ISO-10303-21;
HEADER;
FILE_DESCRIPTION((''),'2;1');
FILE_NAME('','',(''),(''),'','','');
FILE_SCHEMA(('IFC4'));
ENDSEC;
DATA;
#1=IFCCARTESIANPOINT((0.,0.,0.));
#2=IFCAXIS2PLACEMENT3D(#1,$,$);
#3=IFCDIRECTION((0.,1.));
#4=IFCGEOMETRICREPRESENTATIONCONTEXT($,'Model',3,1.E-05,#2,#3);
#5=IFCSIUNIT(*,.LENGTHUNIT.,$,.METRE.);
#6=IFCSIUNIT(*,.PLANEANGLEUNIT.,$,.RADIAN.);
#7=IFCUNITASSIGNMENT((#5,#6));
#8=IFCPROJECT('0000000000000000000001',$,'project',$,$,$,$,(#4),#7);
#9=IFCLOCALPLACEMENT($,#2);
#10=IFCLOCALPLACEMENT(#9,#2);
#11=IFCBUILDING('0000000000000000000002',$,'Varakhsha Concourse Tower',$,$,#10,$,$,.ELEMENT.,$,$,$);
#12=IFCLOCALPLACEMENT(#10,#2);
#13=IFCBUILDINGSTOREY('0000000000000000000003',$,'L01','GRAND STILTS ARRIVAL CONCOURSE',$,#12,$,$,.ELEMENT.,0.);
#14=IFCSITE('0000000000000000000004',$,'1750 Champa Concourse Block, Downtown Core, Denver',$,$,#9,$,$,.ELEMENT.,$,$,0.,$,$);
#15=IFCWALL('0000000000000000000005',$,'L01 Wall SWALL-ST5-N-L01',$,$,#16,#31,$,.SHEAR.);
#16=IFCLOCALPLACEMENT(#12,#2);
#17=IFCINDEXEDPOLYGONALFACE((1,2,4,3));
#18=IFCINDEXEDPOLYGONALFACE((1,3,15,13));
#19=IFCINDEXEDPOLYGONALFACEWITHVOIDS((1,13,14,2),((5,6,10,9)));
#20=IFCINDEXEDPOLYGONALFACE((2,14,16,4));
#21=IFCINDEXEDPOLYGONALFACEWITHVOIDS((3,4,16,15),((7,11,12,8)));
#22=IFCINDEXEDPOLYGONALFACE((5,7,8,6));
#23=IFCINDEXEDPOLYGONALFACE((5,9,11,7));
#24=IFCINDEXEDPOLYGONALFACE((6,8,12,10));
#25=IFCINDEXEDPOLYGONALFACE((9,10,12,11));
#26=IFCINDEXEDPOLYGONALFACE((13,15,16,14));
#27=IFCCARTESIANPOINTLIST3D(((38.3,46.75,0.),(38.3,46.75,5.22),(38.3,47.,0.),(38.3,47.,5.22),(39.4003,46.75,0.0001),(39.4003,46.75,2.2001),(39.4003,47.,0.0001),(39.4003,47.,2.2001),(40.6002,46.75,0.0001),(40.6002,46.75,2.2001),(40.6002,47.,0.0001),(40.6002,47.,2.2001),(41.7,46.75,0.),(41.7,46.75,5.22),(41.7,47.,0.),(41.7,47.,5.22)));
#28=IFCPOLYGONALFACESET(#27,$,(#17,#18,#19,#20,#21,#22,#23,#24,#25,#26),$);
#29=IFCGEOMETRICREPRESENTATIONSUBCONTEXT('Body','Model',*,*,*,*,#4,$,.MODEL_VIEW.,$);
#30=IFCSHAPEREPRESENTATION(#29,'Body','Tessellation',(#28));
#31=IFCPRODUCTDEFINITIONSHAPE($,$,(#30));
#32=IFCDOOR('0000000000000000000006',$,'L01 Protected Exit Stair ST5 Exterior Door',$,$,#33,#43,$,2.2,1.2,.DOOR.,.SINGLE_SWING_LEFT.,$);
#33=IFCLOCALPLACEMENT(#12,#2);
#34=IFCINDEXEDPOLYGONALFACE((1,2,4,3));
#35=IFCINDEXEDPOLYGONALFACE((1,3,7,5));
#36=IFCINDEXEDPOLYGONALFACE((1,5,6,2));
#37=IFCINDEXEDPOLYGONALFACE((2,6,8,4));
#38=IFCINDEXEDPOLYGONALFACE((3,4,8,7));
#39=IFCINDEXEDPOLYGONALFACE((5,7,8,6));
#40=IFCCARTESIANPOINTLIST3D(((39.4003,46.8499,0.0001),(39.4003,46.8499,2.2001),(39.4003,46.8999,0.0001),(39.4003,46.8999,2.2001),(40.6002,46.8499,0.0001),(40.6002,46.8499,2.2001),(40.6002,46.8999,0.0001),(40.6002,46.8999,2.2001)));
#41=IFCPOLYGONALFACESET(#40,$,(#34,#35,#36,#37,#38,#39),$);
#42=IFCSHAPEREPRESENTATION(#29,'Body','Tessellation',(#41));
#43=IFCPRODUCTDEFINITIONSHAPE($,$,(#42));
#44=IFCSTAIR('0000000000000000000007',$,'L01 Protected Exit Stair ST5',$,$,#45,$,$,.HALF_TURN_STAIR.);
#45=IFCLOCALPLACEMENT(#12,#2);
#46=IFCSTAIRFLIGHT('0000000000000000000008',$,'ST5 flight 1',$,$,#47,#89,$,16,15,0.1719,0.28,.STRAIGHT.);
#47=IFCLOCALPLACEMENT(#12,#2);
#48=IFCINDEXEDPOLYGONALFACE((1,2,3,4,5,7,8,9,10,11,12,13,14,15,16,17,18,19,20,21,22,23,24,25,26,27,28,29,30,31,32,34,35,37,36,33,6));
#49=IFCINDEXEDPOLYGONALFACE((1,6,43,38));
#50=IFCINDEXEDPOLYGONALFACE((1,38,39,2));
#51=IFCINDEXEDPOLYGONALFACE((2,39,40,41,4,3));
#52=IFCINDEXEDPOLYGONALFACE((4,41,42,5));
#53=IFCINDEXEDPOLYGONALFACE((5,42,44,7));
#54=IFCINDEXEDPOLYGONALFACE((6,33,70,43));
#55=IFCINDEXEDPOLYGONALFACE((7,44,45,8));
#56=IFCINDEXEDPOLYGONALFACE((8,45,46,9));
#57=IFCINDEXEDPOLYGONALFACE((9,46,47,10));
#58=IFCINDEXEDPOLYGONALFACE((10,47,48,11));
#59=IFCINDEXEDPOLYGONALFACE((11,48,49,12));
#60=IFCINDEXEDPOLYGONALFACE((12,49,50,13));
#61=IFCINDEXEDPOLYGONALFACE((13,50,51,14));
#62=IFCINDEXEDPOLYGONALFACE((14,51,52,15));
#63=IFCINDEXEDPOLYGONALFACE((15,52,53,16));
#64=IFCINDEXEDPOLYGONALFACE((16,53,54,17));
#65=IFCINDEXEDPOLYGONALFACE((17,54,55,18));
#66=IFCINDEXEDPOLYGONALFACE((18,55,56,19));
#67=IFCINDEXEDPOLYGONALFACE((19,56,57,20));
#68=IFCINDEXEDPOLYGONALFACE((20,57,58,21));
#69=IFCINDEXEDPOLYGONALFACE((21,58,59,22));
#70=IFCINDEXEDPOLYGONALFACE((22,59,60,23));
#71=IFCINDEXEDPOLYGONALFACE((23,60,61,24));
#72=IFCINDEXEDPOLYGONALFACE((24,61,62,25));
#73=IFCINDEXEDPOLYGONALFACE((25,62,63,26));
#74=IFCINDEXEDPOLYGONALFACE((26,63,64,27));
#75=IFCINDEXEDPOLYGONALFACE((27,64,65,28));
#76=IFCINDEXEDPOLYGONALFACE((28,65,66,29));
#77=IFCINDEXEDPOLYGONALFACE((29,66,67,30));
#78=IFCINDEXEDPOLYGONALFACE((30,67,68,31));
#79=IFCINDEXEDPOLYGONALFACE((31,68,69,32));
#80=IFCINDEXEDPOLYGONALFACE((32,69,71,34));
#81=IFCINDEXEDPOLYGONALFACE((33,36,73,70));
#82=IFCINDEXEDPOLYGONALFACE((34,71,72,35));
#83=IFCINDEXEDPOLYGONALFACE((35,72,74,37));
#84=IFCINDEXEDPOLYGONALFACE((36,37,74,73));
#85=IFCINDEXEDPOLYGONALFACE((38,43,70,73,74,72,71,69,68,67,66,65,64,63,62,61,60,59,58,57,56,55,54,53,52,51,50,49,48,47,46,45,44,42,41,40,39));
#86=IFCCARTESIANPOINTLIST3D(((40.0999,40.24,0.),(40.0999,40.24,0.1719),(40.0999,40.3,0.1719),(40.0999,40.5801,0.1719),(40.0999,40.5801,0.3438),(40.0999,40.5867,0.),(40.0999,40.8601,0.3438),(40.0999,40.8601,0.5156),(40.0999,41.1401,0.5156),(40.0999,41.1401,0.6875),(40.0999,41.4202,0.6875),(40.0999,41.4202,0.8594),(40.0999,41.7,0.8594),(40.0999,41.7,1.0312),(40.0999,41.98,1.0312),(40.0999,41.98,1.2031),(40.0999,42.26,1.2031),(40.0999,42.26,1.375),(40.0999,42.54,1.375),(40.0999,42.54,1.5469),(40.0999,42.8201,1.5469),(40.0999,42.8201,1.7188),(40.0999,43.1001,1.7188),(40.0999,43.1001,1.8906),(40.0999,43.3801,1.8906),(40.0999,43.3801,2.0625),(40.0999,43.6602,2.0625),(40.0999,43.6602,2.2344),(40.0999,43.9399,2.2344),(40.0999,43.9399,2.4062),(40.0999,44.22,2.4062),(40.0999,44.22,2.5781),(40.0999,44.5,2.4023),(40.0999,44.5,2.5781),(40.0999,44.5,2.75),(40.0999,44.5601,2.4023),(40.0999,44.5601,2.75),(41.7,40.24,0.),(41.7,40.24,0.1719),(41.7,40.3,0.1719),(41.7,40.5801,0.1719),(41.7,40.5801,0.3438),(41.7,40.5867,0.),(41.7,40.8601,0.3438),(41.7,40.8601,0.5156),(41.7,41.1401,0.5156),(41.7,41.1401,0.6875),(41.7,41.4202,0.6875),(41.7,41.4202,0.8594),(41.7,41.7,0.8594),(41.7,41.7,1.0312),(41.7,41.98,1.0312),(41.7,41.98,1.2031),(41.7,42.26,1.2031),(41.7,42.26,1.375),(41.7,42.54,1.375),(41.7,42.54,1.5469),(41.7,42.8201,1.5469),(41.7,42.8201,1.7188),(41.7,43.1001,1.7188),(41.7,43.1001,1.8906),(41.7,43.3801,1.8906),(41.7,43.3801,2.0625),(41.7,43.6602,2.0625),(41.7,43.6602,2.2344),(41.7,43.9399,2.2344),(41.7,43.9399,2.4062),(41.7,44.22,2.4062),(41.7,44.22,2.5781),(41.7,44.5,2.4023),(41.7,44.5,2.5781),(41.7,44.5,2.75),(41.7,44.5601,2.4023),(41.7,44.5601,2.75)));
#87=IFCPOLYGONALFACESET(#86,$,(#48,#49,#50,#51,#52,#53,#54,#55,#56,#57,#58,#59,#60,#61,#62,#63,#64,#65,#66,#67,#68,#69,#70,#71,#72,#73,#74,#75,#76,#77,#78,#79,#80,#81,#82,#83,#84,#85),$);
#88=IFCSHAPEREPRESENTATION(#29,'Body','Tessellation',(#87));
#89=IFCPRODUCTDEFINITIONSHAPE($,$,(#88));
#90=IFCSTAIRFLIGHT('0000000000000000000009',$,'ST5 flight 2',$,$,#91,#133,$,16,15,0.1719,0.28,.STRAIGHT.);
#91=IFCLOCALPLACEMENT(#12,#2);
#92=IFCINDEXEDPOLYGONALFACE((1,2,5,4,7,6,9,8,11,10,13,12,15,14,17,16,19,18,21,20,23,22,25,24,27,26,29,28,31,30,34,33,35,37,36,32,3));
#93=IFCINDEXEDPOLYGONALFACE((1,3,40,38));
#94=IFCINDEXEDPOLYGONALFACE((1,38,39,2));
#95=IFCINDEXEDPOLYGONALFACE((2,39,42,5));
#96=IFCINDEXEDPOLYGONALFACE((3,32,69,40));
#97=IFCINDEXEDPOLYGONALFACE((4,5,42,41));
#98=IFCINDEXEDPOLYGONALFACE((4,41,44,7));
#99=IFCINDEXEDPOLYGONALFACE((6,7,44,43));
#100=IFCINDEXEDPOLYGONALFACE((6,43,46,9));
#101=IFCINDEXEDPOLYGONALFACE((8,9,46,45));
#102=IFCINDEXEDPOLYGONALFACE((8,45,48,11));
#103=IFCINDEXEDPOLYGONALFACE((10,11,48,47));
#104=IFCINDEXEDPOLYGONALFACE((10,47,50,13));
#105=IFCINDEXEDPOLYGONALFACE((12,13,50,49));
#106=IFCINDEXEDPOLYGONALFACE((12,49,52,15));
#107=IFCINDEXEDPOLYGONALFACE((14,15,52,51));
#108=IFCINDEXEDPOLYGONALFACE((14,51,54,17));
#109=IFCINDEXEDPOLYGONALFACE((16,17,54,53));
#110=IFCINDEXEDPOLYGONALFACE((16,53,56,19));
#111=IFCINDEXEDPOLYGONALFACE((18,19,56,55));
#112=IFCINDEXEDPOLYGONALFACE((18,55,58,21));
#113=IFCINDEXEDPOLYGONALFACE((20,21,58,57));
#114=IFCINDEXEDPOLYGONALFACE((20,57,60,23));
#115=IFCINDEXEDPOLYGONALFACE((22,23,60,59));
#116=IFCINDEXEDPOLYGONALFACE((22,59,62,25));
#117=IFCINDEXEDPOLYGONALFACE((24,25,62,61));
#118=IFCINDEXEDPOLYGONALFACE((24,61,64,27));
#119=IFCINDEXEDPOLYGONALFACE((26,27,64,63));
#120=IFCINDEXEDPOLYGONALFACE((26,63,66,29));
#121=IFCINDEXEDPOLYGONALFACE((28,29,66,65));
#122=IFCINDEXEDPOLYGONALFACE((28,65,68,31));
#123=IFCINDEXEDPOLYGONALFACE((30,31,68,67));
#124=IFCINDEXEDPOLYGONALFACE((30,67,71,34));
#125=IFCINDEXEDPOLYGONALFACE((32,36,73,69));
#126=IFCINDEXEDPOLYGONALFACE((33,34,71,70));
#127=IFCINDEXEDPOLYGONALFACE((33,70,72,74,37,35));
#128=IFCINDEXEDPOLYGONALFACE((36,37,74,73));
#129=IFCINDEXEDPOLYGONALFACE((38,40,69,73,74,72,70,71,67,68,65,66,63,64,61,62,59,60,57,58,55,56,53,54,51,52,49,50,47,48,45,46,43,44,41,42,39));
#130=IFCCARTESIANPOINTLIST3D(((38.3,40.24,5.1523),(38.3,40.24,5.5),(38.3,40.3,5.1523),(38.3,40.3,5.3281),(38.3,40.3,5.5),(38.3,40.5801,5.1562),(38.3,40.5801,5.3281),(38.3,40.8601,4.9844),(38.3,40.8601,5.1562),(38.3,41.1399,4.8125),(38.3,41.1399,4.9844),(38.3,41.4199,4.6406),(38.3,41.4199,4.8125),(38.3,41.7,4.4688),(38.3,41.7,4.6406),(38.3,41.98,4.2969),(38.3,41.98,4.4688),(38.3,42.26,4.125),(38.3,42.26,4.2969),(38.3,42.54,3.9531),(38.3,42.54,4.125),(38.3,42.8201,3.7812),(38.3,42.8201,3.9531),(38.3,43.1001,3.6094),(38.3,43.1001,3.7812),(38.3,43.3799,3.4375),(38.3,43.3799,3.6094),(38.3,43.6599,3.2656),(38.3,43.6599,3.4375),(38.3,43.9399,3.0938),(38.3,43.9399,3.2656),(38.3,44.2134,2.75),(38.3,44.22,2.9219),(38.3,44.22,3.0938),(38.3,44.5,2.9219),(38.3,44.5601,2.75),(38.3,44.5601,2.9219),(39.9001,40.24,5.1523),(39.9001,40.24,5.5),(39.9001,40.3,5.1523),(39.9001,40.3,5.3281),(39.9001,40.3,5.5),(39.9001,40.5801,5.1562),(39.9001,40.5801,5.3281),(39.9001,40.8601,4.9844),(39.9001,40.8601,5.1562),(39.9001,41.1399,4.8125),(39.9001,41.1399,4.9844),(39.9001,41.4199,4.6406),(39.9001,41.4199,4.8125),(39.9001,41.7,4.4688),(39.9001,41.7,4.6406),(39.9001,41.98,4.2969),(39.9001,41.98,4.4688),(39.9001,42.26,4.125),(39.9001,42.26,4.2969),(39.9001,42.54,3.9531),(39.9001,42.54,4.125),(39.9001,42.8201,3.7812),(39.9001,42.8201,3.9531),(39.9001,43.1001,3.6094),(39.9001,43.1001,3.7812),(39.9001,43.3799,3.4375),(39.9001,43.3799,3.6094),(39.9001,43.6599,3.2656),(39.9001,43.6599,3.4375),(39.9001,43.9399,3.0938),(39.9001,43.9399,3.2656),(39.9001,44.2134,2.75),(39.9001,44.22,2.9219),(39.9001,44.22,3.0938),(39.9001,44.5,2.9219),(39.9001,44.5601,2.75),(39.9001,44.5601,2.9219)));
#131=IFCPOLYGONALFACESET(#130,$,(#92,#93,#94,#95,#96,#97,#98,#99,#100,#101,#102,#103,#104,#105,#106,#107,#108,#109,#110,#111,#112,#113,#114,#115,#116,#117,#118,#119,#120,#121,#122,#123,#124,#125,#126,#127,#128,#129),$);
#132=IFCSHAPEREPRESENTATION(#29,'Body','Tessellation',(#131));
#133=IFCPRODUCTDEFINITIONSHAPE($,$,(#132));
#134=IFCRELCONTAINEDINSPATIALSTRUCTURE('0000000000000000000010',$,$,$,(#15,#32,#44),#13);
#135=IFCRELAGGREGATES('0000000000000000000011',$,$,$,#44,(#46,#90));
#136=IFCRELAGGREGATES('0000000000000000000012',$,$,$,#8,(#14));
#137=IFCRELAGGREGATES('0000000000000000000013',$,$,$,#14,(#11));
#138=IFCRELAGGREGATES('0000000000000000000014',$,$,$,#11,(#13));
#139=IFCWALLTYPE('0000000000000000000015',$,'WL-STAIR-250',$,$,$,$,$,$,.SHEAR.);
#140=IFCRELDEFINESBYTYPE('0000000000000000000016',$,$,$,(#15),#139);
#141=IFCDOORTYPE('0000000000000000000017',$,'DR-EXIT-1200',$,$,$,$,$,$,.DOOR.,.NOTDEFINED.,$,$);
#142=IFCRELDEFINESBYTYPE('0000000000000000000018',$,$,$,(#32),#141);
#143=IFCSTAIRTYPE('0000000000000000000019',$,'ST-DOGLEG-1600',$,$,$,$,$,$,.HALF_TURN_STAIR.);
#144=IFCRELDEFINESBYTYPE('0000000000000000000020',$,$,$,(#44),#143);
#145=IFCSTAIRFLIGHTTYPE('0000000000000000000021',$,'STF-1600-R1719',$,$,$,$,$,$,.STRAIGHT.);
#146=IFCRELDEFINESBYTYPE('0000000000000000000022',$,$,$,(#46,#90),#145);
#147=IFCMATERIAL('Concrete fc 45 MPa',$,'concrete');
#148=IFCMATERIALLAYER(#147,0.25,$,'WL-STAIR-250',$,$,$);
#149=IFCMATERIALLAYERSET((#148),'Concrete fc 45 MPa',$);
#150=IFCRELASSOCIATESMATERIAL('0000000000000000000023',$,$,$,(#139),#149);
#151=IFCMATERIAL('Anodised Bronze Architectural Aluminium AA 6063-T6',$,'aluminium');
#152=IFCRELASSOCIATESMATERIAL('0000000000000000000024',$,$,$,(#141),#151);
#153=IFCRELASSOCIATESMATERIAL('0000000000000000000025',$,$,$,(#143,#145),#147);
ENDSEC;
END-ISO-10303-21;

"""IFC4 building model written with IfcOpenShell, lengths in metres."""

from ifc_helpers import new_model, si_unit, direction, frame, frame_2d, origin, place, context, subcontext, project, spatial, polyline, rectangle, outline, extrude, material, layer, layer_set, type_object, element, fill, aggregate, save


model = new_model("IFC4")

# Units and contexts
model_context = context("Model", 3, precision=1e-05, world=origin(), true_north=direction((0.0, 1.0)))
body_context = subcontext(model_context, "Body", "Model", "MODEL_VIEW")
ifc_project = project(units=[si_unit("LENGTHUNIT", "METRE"), si_unit("PLANEANGLEUNIT", "RADIAN")], contexts=[model_context])

# Site, building, storey
site_placement = place(None, origin())
site = spatial("IfcSite", under=ifc_project, at=site_placement, Name="1750 Champa Concourse Block, Downtown Core, Denver", CompositionType="ELEMENT", RefElevation=0.0)
building_placement = place(site_placement, origin())
building = spatial("IfcBuilding", under=site, at=building_placement, Name="Varakhsha Concourse Tower", CompositionType="ELEMENT")
storey_placement = place(building_placement, origin())
storey = spatial("IfcBuildingStorey", under=building, at=storey_placement, Name="L01", Description="GRAND STILTS ARRIVAL CONCOURSE", CompositionType="ELEMENT", Elevation=0.0)

# Shared definitions
ifc_material_1 = material(Name="Anodised Bronze Architectural Aluminium AA 6063-T6", Category="aluminium")

# Shared definitions
ifc_material_2 = material(Name="Concrete fc 45 MPa", Category="concrete")
ifc_layer_1 = layer(ifc_material_2, 0.25, Name="WL-STAIR-250")
ifc_layer_set_1 = layer_set([ifc_layer_1], Name="Concrete fc 45 MPa")
wall_type_1 = type_object("IfcWallType", Name="WL-STAIR-250", PredefinedType="SHEAR", material=ifc_layer_set_1)

# Wall, opening, door
wall_1_placement = place(storey_placement, frame((38.3, 46.875, 0.0), z_axis=(0.0, 0.0, 1.0), x_axis=(1.0, 0.0, 0.0)))
wall_1 = element("IfcWall", 1, at=wall_1_placement, inside=storey, type_object=wall_type_1, Name="L01 Wall SWALL-ST5-N-L01", PredefinedType="SHEAR", context=body_context, shape_type="SweptSolid", body=[
    extrude(rectangle(XDim=3.3999, YDim=0.25, at=frame_2d((1.7, 0.0))), origin(), (0.0, 0.0, 1.0), 5.22),
])
opening_placement = place(wall_1_placement, frame((1.1001, 0.0, 0.0)))
opening = element("IfcOpeningElement", 2, at=opening_placement, cuts=wall_1, PredefinedType="OPENING", context=body_context, shape_type="SweptSolid", body=[
    extrude(rectangle(XDim=1.2, YDim=2.2, at=frame_2d((0.6001, 1.1001))), frame((0.0, 0.135, 0.0), z_axis=(0.0, -1.0, 0.0), x_axis=(1.0, 0.0, 0.0)), (0.0, 0.0, 1.0), 0.27),
])
door_type = type_object("IfcDoorType", Name="DR-EXIT-1200", OperationType="NOTDEFINED", PredefinedType="DOOR", material=ifc_material_1)
door_placement = place(opening_placement, origin())
door = element("IfcDoor", 3, at=door_placement, inside=storey, type_object=door_type, Name="L01 Protected Exit Stair ST5 Exterior Door", OperationType="SINGLE_SWING_LEFT", OverallHeight=2.2, OverallWidth=1.2, PredefinedType="DOOR", context=body_context, shape_type="SweptSolid", body=[
    extrude(rectangle(XDim=1.2, YDim=2.2, at=frame_2d((0.6001, 1.1001))), frame((0.0, 0.0249, 0.0), z_axis=(0.0, -1.0, 0.0), x_axis=(1.0, 0.0, 0.0)), (0.0, 0.0, 1.0), 0.05),
])
fill(opening, door)

# Stair, stair flights
stair_type = type_object("IfcStairType", Name="ST-DOGLEG-1600", PredefinedType="HALF_TURN_STAIR", material=ifc_material_2)
stair_placement = place(storey_placement, origin())
stair = element("IfcStair", 4, at=stair_placement, inside=storey, type_object=stair_type, Name="L01 Protected Exit Stair ST5", PredefinedType="HALF_TURN_STAIR")
stair_flight_type = type_object("IfcStairFlightType", Name="STF-1600-R1719", PredefinedType="STRAIGHT", material=ifc_material_2)
stair_flight_1_placement = place(storey_placement, frame((40.8999, 40.3, 0.0), z_axis=(0.0, 0.0, 1.0), x_axis=(0.0, 1.0, 0.0)))
stair_flight_1 = element("IfcStairFlight", 5, at=stair_flight_1_placement, type_object=stair_flight_type, Name="ST5 flight 1", NumberOfRisers=16, NumberOfTreads=15, PredefinedType="STRAIGHT", RiserHeight=0.1719, TreadLength=0.28, context=body_context, shape_type="SweptSolid", body=[
    extrude(outline(polyline([(-0.0601, 0.0), (-0.0601, 0.1719), (0.0, 0.1719), (0.28, 0.1719), (0.28, 0.3438), (0.5601, 0.3438), (0.5601, 0.5156), (0.8401, 0.5156), (0.8401, 0.6875), (1.1201, 0.6875), (1.1201, 0.8594), (1.3999, 0.8594), (1.3999, 1.0312), (1.6799, 1.0312), (1.6799, 1.2031), (1.96, 1.2031), (1.96, 1.375), (2.24, 1.375), (2.24, 1.5469), (2.52, 1.5469), (2.52, 1.7188), (2.8, 1.7188), (2.8, 1.8906), (3.0801, 1.8906), (3.0801, 2.0625), (3.3601, 2.0625), (3.3601, 2.2344), (3.6399, 2.2344), (3.6399, 2.4062), (3.9199, 2.4062), (3.9199, 2.5781), (4.2, 2.5781), (4.2, 2.75), (4.26, 2.75), (4.26, 2.4023), (4.2, 2.4023), (0.2866, 0.0), (-0.0601, 0.0)])), frame((0.0, 0.8, 0.0), z_axis=(0.0, -1.0, 0.0), x_axis=(1.0, 0.0, 0.0)), (0.0, 0.0, 1.0), 1.6001),
])
stair_flight_2_placement = place(storey_placement, frame((39.1001, 44.5, 2.75), z_axis=(0.0, 0.0, 1.0), x_axis=(0.0, -1.0, 0.0)))
stair_flight_2 = element("IfcStairFlight", 6, at=stair_flight_2_placement, type_object=stair_flight_type, Name="ST5 flight 2", NumberOfRisers=16, NumberOfTreads=15, PredefinedType="STRAIGHT", RiserHeight=0.1719, TreadLength=0.28, context=body_context, shape_type="SweptSolid", body=[
    extrude(outline(polyline([(-0.0601, 0.0), (-0.0601, 0.1719), (0.0, 0.1719), (0.28, 0.1719), (0.28, 0.3438), (0.5601, 0.3438), (0.5601, 0.5156), (0.8401, 0.5156), (0.8401, 0.6875), (1.1201, 0.6875), (1.1201, 0.8594), (1.3999, 0.8594), (1.3999, 1.0312), (1.6799, 1.0312), (1.6799, 1.2031), (1.96, 1.2031), (1.96, 1.375), (2.24, 1.375), (2.24, 1.5469), (2.52, 1.5469), (2.52, 1.7188), (2.8, 1.7188), (2.8, 1.8906), (3.0801, 1.8906), (3.0801, 2.0625), (3.3601, 2.0625), (3.3601, 2.2344), (3.6399, 2.2344), (3.6399, 2.4062), (3.9199, 2.4062), (3.9199, 2.5781), (4.2, 2.5781), (4.2, 2.75), (4.26, 2.75), (4.26, 2.4023), (4.2, 2.4023), (0.2866, 0.0), (-0.0601, 0.0)])), frame((0.0, 0.8, 0.0), z_axis=(0.0, -1.0, 0.0), x_axis=(1.0, 0.0, 0.0)), (0.0, 0.0, 1.0), 1.6001),
])
aggregate(stair, [stair_flight_1, stair_flight_2])

save(model, "model.ifc")
